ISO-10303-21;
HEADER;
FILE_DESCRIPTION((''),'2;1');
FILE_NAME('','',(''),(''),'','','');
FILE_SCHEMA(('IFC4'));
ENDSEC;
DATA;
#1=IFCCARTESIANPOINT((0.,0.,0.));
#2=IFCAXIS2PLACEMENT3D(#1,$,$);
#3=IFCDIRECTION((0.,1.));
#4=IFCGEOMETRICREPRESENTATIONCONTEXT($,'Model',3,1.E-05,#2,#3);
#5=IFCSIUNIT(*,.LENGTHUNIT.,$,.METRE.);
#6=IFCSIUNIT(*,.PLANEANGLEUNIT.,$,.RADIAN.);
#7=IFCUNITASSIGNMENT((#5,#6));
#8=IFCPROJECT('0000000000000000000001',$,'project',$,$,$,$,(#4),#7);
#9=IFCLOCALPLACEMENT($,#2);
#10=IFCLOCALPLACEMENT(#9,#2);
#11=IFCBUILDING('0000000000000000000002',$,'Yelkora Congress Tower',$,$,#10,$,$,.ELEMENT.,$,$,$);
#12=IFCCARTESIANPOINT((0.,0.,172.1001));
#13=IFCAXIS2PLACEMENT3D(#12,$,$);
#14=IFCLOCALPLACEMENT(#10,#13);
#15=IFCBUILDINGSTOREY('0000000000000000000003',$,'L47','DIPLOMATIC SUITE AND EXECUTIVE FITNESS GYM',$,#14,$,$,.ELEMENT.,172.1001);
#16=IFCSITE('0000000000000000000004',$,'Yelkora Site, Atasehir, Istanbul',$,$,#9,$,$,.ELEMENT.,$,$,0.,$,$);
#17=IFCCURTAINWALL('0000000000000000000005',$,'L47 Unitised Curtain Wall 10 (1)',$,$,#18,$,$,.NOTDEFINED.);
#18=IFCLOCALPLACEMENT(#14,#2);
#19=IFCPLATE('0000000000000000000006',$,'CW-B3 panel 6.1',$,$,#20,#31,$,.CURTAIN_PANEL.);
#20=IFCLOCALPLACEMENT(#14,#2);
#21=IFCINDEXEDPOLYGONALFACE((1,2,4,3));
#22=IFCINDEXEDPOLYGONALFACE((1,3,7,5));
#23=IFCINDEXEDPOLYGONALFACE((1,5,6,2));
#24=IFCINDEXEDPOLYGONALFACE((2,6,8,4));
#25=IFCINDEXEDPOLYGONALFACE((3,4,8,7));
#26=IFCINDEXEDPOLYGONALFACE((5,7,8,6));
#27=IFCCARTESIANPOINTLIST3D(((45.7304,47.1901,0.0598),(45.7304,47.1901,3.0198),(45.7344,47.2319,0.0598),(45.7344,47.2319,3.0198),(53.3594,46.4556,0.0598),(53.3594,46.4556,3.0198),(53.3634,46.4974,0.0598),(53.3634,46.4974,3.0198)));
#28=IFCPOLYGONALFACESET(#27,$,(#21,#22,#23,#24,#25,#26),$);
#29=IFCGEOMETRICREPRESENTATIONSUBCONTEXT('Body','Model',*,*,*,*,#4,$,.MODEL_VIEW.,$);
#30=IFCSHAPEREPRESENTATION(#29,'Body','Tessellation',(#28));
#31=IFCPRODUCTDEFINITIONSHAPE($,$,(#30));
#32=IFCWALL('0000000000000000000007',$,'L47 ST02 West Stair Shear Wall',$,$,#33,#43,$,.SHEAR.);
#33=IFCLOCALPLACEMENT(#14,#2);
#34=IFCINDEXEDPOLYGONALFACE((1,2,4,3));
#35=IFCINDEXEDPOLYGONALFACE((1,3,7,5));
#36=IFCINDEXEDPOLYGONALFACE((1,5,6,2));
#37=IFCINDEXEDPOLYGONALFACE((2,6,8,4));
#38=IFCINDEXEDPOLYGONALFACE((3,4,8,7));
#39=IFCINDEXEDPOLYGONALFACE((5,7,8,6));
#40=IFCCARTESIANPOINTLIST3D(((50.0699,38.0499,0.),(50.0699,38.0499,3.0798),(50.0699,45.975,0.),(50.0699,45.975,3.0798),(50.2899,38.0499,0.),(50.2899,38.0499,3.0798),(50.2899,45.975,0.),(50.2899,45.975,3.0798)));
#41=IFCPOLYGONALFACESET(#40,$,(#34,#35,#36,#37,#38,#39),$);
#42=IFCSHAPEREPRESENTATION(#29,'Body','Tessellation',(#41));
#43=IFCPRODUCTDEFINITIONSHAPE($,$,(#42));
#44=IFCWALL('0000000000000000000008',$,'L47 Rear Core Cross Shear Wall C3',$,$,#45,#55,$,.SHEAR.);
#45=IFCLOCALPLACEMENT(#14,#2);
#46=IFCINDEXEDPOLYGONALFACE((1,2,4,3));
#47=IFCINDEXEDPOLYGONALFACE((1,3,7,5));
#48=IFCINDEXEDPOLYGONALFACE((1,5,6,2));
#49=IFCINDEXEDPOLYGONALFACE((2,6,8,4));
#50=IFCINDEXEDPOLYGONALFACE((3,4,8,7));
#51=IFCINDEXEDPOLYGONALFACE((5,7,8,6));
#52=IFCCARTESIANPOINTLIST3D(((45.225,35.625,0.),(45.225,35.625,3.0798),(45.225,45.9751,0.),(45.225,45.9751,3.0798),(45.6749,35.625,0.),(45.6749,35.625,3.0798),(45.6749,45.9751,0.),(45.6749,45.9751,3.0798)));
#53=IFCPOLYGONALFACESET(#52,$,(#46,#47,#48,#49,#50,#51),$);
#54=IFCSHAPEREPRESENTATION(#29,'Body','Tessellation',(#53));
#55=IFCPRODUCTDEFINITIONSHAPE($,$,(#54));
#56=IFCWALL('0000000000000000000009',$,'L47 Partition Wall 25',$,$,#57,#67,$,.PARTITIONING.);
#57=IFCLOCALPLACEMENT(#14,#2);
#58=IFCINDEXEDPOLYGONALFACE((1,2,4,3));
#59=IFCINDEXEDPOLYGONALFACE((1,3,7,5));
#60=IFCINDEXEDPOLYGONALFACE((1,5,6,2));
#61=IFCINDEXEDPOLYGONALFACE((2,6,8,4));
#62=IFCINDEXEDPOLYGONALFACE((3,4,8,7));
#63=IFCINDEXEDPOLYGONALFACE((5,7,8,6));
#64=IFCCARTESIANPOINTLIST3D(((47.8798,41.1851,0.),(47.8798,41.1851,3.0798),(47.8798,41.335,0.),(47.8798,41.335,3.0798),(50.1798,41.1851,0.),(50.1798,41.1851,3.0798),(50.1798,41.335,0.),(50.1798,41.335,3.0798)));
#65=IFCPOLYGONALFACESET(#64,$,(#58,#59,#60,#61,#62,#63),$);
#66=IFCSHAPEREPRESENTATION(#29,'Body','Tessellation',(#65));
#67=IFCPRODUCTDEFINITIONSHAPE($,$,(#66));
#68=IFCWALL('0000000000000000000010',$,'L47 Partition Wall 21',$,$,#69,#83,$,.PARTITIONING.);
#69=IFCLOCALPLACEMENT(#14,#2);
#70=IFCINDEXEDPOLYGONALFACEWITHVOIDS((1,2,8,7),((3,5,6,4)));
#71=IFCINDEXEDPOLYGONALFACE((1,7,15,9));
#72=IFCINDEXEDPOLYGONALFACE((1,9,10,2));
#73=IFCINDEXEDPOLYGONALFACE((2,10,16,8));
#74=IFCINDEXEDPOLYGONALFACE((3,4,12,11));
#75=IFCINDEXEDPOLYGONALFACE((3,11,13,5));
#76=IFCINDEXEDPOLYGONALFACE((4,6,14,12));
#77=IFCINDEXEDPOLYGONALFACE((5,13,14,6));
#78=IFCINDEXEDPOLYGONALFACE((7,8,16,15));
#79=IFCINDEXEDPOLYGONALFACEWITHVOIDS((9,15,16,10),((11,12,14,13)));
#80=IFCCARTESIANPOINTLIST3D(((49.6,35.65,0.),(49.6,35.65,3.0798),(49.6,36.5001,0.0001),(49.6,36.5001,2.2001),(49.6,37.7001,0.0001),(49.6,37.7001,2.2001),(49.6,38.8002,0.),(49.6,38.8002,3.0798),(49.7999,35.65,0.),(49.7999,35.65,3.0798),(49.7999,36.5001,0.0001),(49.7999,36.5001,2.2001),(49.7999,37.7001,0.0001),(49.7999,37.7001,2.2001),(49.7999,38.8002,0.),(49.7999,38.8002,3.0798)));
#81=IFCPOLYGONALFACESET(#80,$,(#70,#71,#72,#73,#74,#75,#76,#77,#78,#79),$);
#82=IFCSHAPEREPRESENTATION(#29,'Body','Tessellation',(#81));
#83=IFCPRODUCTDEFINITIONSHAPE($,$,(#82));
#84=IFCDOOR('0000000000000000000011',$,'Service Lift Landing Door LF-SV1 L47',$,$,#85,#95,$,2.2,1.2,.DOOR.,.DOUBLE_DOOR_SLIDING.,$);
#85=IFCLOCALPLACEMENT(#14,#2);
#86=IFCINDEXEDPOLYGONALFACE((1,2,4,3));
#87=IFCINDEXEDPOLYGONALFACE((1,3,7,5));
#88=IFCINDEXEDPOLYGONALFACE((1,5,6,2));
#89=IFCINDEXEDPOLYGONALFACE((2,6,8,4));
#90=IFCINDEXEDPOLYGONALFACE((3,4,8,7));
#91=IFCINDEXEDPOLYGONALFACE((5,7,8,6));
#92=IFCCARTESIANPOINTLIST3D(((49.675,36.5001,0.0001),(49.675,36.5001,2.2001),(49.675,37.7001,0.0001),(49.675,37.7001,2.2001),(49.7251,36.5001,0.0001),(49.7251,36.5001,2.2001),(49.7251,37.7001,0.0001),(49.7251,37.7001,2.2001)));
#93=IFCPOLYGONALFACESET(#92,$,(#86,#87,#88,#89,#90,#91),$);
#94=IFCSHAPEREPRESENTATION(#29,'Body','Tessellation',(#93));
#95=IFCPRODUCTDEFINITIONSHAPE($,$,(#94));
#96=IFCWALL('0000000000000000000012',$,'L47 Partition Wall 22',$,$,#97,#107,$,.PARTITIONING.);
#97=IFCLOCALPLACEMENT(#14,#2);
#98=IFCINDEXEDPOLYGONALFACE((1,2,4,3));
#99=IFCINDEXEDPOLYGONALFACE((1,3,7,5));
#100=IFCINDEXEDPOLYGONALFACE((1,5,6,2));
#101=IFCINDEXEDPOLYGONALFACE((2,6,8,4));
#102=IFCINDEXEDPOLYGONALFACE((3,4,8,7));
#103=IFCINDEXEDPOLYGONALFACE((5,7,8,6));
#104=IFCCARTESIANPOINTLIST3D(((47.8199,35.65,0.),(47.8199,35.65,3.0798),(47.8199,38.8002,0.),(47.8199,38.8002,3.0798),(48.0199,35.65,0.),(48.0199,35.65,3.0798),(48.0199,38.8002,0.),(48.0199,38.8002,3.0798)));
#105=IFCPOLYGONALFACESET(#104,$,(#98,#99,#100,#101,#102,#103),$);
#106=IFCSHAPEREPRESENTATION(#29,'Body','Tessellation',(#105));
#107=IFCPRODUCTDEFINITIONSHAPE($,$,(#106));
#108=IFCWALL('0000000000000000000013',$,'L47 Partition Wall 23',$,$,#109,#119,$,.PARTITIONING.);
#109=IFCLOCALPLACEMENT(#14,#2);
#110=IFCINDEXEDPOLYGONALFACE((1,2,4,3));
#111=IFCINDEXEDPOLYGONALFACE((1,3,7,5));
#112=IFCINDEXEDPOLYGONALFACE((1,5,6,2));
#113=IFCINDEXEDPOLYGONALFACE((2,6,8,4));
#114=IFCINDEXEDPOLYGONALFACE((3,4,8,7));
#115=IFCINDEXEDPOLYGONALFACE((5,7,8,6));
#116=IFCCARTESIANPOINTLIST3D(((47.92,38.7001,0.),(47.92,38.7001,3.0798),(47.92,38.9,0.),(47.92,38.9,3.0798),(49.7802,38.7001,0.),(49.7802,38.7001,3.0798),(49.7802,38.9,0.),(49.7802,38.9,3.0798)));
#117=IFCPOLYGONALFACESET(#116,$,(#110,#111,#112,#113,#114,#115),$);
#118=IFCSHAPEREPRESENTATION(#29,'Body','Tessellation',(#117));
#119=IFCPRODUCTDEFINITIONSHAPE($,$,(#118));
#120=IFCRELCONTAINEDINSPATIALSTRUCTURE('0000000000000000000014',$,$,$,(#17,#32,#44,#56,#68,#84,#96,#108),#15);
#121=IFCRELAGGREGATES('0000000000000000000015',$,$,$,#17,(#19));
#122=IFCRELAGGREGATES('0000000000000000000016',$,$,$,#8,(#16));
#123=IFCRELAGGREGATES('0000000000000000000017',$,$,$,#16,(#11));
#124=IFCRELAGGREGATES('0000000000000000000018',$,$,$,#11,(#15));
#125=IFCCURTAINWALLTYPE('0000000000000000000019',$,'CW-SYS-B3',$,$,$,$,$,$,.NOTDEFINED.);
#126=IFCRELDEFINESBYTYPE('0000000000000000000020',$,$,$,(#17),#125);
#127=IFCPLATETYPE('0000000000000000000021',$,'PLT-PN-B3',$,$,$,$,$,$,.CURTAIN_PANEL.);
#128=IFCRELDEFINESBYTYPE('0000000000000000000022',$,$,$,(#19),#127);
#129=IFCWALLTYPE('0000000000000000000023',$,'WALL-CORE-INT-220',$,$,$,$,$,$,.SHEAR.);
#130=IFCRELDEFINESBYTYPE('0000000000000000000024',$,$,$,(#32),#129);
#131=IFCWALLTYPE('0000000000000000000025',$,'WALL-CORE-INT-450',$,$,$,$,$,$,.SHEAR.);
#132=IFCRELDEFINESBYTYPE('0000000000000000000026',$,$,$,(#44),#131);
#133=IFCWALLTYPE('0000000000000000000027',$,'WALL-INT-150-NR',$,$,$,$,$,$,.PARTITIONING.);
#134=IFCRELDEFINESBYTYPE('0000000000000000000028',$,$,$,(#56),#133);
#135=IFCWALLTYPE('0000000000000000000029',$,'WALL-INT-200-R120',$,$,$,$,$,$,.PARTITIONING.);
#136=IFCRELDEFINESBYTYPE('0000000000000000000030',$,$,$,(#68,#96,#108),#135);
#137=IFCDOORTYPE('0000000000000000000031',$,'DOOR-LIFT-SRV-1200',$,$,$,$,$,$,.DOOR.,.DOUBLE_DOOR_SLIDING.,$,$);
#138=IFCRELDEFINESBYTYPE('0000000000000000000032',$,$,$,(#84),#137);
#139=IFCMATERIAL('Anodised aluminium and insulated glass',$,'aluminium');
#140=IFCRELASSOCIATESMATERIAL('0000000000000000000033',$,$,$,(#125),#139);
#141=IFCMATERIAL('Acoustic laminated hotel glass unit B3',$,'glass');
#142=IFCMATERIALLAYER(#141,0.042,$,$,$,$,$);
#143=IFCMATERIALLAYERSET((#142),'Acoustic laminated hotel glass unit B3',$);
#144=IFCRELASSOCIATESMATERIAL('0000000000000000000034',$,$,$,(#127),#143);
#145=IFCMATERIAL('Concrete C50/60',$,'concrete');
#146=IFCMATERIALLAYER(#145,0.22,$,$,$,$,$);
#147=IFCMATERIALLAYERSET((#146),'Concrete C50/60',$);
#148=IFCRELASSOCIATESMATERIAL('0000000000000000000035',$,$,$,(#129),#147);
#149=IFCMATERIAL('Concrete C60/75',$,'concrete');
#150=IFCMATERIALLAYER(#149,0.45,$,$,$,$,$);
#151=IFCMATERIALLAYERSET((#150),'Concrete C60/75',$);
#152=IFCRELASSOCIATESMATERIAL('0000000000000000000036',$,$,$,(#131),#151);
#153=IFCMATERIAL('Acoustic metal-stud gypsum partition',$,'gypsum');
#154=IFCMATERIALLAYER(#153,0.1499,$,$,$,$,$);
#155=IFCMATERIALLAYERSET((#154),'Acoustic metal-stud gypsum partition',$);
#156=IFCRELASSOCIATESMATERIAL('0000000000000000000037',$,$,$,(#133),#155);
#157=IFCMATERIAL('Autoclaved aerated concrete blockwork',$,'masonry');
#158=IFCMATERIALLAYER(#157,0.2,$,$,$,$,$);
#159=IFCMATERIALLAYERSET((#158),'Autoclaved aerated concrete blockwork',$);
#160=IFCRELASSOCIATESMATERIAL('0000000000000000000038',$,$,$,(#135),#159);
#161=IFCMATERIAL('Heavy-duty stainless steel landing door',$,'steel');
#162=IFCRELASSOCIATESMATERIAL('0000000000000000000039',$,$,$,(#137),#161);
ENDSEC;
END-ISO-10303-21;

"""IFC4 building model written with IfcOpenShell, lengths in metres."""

from ifc_helpers import new_model, si_unit, direction, frame, frame_2d, origin, origin_2d, place, context, subcontext, project, spatial, rectangle, extrude, material, layer, layer_set, type_object, element, fill, aggregate, save


model = new_model("IFC4")

# Units and contexts
model_context = context("Model", 3, precision=1e-05, world=origin(), true_north=direction((0.0, 1.0)))
body_context = subcontext(model_context, "Body", "Model", "MODEL_VIEW")
ifc_project = project(units=[si_unit("LENGTHUNIT", "METRE"), si_unit("PLANEANGLEUNIT", "RADIAN")], contexts=[model_context])

# Site, building, storey
site_placement = place(None, origin())
site = spatial("IfcSite", under=ifc_project, at=site_placement, Name="Yelkora Site, Atasehir, Istanbul", CompositionType="ELEMENT", RefElevation=0.0)
building_placement = place(site_placement, origin())
building = spatial("IfcBuilding", under=site, at=building_placement, Name="Yelkora Congress Tower", CompositionType="ELEMENT")
storey_placement = place(building_placement, frame((0.0, 0.0, 172.1001)))
storey = spatial("IfcBuildingStorey", under=building, at=storey_placement, Name="L47", Description="DIPLOMATIC SUITE AND EXECUTIVE FITNESS GYM", CompositionType="ELEMENT", Elevation=172.1001)

# Curtain wall, plate
ifc_material_1 = material(Name="Anodised aluminium and insulated glass", Category="aluminium")
curtain_wall_type = type_object("IfcCurtainWallType", Name="CW-SYS-B3", PredefinedType="NOTDEFINED", material=ifc_material_1)
curtain_wall_placement = place(storey_placement, origin())
curtain_wall = element("IfcCurtainWall", 1, at=curtain_wall_placement, inside=storey, type_object=curtain_wall_type, Name="L47 Unitised Curtain Wall 10 (1)", PredefinedType="NOTDEFINED")
ifc_material_2 = material(Name="Acoustic laminated hotel glass unit B3", Category="glass")
ifc_layer_1 = layer(ifc_material_2, 0.042)
ifc_layer_set_1 = layer_set([ifc_layer_1], Name="Acoustic laminated hotel glass unit B3")
plate_type = type_object("IfcPlateType", Name="PLT-PN-B3", PredefinedType="CURTAIN_PANEL", material=ifc_layer_set_1)
plate_placement = place(storey_placement, frame((49.5469, 46.8438, 0.0598), z_axis=(0.0, 0.0, 1.0), x_axis=(0.995396, -0.095845, 0.0)))
plate = element("IfcPlate", 2, at=plate_placement, type_object=plate_type, Name="CW-B3 panel 6.1", PredefinedType="CURTAIN_PANEL", context=body_context, shape_type="SweptSolid", body=[
    extrude(rectangle(XDim=7.6643, YDim=0.042, at=origin_2d()), origin(), (0.0, 0.0, 1.0), 2.96),
])
aggregate(curtain_wall, [plate])

# Walls
ifc_material_3 = material(Name="Concrete C50/60", Category="concrete")
ifc_layer_2 = layer(ifc_material_3, 0.22)
ifc_layer_set_2 = layer_set([ifc_layer_2], Name="Concrete C50/60")
wall_type_1 = type_object("IfcWallType", Name="WALL-CORE-INT-220", PredefinedType="SHEAR", material=ifc_layer_set_2)
wall_1_placement = place(storey_placement, frame((50.1799, 38.05, 0.0), z_axis=(0.0, 0.0, 1.0), x_axis=(0.0, 1.0, 0.0)))
element("IfcWall", 3, at=wall_1_placement, inside=storey, type_object=wall_type_1, Name="L47 ST02 West Stair Shear Wall", PredefinedType="SHEAR", context=body_context, shape_type="SweptSolid", body=[
    extrude(rectangle(XDim=7.925, YDim=0.22, at=frame_2d((3.9624, 0.0))), origin(), (0.0, 0.0, 1.0), 3.0798),
])
ifc_material_4 = material(Name="Concrete C60/75", Category="concrete")
ifc_layer_3 = layer(ifc_material_4, 0.45)
ifc_layer_set_3 = layer_set([ifc_layer_3], Name="Concrete C60/75")
wall_type_2 = type_object("IfcWallType", Name="WALL-CORE-INT-450", PredefinedType="SHEAR", material=ifc_layer_set_3)
wall_2_placement = place(storey_placement, frame((45.45, 35.625, 0.0), z_axis=(0.0, 0.0, 1.0), x_axis=(0.0, 1.0, 0.0)))
element("IfcWall", 4, at=wall_2_placement, inside=storey, type_object=wall_type_2, Name="L47 Rear Core Cross Shear Wall C3", PredefinedType="SHEAR", context=body_context, shape_type="SweptSolid", body=[
    extrude(rectangle(XDim=10.3501, YDim=0.45, at=frame_2d((5.175, 0.0))), origin(), (0.0, 0.0, 1.0), 3.0798),
])

# Shared definitions
ifc_material_5 = material(Name="Acoustic metal-stud gypsum partition", Category="gypsum")
ifc_layer_4 = layer(ifc_material_5, 0.1499)
ifc_layer_set_4 = layer_set([ifc_layer_4], Name="Acoustic metal-stud gypsum partition")
wall_type_3 = type_object("IfcWallType", Name="WALL-INT-150-NR", PredefinedType="PARTITIONING", material=ifc_layer_set_4)

# Wall
wall_3_placement = place(storey_placement, frame((47.8799, 41.26, 0.0), z_axis=(0.0, 0.0, 1.0), x_axis=(1.0, 0.0, 0.0)))
element("IfcWall", 5, at=wall_3_placement, inside=storey, type_object=wall_type_3, Name="L47 Partition Wall 25", PredefinedType="PARTITIONING", context=body_context, shape_type="SweptSolid", body=[
    extrude(rectangle(XDim=2.3, YDim=0.1499, at=frame_2d((1.1499, 0.0))), origin(), (0.0, 0.0, 1.0), 3.0798),
])

# Wall, opening, door
ifc_material_6 = material(Name="Autoclaved aerated concrete blockwork", Category="masonry")
ifc_layer_5 = layer(ifc_material_6, 0.2)
ifc_layer_set_5 = layer_set([ifc_layer_5], Name="Autoclaved aerated concrete blockwork")
wall_type_4 = type_object("IfcWallType", Name="WALL-INT-200-R120", PredefinedType="PARTITIONING", material=ifc_layer_set_5)
wall_4_placement = place(storey_placement, frame((49.7, 35.6499, 0.0), z_axis=(0.0, 0.0, 1.0), x_axis=(0.0, 1.0, 0.0)))
wall_4 = element("IfcWall", 6, at=wall_4_placement, inside=storey, type_object=wall_type_4, Name="L47 Partition Wall 21", PredefinedType="PARTITIONING", context=body_context, shape_type="SweptSolid", body=[
    extrude(rectangle(XDim=3.1501, YDim=0.2, at=frame_2d((1.5752, 0.0))), origin(), (0.0, 0.0, 1.0), 3.0798),
])
opening_1_placement = place(wall_4_placement, frame((0.8501, 0.0, 0.0)))
opening_1 = element("IfcOpeningElement", 7, at=opening_1_placement, cuts=wall_4, PredefinedType="OPENING", context=body_context, shape_type="SweptSolid", body=[
    extrude(rectangle(XDim=1.2, YDim=2.2, at=frame_2d((0.6001, 1.1001))), frame((0.0, 0.1099, 0.0), z_axis=(0.0, -1.0, 0.0), x_axis=(1.0, 0.0, 0.0)), (0.0, 0.0, 1.0), 0.22),
])
ifc_material_7 = material(Name="Heavy-duty stainless steel landing door", Category="steel")
door_type_1 = type_object("IfcDoorType", Name="DOOR-LIFT-SRV-1200", OperationType="DOUBLE_DOOR_SLIDING", PredefinedType="DOOR", material=ifc_material_7)
door_1_placement = place(opening_1_placement, origin())
door_1 = element("IfcDoor", 8, at=door_1_placement, inside=storey, type_object=door_type_1, Name="Service Lift Landing Door LF-SV1 L47", OperationType="DOUBLE_DOOR_SLIDING", OverallHeight=2.2, OverallWidth=1.2, PredefinedType="DOOR", context=body_context, shape_type="SweptSolid", body=[
    extrude(rectangle(XDim=1.2, YDim=2.2, at=frame_2d((0.6001, 1.1001))), frame((0.0, 0.0249, 0.0), z_axis=(0.0, -1.0, 0.0), x_axis=(1.0, 0.0, 0.0)), (0.0, 0.0, 1.0), 0.05),
])
fill(opening_1, door_1)

# Walls
wall_5_placement = place(storey_placement, frame((47.9199, 35.6499, 0.0), z_axis=(0.0, 0.0, 1.0), x_axis=(0.0, 1.0, 0.0)))
element("IfcWall", 9, at=wall_5_placement, inside=storey, type_object=wall_type_4, Name="L47 Partition Wall 22", PredefinedType="PARTITIONING", context=body_context, shape_type="SweptSolid", body=[
    extrude(rectangle(XDim=3.1501, YDim=0.2, at=frame_2d((1.5752, 0.0))), origin(), (0.0, 0.0, 1.0), 3.0798),
])
wall_6_placement = place(storey_placement, frame((47.9199, 38.8, 0.0), z_axis=(0.0, 0.0, 1.0), x_axis=(1.0, 0.0, 0.0)))
element("IfcWall", 10, at=wall_6_placement, inside=storey, type_object=wall_type_4, Name="L47 Partition Wall 23", PredefinedType="PARTITIONING", context=body_context, shape_type="SweptSolid", body=[
    extrude(rectangle(XDim=1.8601, YDim=0.2, at=frame_2d((0.9302, 0.0))), origin(), (0.0, 0.0, 1.0), 3.0798),
])

save(model, "model.ifc")
